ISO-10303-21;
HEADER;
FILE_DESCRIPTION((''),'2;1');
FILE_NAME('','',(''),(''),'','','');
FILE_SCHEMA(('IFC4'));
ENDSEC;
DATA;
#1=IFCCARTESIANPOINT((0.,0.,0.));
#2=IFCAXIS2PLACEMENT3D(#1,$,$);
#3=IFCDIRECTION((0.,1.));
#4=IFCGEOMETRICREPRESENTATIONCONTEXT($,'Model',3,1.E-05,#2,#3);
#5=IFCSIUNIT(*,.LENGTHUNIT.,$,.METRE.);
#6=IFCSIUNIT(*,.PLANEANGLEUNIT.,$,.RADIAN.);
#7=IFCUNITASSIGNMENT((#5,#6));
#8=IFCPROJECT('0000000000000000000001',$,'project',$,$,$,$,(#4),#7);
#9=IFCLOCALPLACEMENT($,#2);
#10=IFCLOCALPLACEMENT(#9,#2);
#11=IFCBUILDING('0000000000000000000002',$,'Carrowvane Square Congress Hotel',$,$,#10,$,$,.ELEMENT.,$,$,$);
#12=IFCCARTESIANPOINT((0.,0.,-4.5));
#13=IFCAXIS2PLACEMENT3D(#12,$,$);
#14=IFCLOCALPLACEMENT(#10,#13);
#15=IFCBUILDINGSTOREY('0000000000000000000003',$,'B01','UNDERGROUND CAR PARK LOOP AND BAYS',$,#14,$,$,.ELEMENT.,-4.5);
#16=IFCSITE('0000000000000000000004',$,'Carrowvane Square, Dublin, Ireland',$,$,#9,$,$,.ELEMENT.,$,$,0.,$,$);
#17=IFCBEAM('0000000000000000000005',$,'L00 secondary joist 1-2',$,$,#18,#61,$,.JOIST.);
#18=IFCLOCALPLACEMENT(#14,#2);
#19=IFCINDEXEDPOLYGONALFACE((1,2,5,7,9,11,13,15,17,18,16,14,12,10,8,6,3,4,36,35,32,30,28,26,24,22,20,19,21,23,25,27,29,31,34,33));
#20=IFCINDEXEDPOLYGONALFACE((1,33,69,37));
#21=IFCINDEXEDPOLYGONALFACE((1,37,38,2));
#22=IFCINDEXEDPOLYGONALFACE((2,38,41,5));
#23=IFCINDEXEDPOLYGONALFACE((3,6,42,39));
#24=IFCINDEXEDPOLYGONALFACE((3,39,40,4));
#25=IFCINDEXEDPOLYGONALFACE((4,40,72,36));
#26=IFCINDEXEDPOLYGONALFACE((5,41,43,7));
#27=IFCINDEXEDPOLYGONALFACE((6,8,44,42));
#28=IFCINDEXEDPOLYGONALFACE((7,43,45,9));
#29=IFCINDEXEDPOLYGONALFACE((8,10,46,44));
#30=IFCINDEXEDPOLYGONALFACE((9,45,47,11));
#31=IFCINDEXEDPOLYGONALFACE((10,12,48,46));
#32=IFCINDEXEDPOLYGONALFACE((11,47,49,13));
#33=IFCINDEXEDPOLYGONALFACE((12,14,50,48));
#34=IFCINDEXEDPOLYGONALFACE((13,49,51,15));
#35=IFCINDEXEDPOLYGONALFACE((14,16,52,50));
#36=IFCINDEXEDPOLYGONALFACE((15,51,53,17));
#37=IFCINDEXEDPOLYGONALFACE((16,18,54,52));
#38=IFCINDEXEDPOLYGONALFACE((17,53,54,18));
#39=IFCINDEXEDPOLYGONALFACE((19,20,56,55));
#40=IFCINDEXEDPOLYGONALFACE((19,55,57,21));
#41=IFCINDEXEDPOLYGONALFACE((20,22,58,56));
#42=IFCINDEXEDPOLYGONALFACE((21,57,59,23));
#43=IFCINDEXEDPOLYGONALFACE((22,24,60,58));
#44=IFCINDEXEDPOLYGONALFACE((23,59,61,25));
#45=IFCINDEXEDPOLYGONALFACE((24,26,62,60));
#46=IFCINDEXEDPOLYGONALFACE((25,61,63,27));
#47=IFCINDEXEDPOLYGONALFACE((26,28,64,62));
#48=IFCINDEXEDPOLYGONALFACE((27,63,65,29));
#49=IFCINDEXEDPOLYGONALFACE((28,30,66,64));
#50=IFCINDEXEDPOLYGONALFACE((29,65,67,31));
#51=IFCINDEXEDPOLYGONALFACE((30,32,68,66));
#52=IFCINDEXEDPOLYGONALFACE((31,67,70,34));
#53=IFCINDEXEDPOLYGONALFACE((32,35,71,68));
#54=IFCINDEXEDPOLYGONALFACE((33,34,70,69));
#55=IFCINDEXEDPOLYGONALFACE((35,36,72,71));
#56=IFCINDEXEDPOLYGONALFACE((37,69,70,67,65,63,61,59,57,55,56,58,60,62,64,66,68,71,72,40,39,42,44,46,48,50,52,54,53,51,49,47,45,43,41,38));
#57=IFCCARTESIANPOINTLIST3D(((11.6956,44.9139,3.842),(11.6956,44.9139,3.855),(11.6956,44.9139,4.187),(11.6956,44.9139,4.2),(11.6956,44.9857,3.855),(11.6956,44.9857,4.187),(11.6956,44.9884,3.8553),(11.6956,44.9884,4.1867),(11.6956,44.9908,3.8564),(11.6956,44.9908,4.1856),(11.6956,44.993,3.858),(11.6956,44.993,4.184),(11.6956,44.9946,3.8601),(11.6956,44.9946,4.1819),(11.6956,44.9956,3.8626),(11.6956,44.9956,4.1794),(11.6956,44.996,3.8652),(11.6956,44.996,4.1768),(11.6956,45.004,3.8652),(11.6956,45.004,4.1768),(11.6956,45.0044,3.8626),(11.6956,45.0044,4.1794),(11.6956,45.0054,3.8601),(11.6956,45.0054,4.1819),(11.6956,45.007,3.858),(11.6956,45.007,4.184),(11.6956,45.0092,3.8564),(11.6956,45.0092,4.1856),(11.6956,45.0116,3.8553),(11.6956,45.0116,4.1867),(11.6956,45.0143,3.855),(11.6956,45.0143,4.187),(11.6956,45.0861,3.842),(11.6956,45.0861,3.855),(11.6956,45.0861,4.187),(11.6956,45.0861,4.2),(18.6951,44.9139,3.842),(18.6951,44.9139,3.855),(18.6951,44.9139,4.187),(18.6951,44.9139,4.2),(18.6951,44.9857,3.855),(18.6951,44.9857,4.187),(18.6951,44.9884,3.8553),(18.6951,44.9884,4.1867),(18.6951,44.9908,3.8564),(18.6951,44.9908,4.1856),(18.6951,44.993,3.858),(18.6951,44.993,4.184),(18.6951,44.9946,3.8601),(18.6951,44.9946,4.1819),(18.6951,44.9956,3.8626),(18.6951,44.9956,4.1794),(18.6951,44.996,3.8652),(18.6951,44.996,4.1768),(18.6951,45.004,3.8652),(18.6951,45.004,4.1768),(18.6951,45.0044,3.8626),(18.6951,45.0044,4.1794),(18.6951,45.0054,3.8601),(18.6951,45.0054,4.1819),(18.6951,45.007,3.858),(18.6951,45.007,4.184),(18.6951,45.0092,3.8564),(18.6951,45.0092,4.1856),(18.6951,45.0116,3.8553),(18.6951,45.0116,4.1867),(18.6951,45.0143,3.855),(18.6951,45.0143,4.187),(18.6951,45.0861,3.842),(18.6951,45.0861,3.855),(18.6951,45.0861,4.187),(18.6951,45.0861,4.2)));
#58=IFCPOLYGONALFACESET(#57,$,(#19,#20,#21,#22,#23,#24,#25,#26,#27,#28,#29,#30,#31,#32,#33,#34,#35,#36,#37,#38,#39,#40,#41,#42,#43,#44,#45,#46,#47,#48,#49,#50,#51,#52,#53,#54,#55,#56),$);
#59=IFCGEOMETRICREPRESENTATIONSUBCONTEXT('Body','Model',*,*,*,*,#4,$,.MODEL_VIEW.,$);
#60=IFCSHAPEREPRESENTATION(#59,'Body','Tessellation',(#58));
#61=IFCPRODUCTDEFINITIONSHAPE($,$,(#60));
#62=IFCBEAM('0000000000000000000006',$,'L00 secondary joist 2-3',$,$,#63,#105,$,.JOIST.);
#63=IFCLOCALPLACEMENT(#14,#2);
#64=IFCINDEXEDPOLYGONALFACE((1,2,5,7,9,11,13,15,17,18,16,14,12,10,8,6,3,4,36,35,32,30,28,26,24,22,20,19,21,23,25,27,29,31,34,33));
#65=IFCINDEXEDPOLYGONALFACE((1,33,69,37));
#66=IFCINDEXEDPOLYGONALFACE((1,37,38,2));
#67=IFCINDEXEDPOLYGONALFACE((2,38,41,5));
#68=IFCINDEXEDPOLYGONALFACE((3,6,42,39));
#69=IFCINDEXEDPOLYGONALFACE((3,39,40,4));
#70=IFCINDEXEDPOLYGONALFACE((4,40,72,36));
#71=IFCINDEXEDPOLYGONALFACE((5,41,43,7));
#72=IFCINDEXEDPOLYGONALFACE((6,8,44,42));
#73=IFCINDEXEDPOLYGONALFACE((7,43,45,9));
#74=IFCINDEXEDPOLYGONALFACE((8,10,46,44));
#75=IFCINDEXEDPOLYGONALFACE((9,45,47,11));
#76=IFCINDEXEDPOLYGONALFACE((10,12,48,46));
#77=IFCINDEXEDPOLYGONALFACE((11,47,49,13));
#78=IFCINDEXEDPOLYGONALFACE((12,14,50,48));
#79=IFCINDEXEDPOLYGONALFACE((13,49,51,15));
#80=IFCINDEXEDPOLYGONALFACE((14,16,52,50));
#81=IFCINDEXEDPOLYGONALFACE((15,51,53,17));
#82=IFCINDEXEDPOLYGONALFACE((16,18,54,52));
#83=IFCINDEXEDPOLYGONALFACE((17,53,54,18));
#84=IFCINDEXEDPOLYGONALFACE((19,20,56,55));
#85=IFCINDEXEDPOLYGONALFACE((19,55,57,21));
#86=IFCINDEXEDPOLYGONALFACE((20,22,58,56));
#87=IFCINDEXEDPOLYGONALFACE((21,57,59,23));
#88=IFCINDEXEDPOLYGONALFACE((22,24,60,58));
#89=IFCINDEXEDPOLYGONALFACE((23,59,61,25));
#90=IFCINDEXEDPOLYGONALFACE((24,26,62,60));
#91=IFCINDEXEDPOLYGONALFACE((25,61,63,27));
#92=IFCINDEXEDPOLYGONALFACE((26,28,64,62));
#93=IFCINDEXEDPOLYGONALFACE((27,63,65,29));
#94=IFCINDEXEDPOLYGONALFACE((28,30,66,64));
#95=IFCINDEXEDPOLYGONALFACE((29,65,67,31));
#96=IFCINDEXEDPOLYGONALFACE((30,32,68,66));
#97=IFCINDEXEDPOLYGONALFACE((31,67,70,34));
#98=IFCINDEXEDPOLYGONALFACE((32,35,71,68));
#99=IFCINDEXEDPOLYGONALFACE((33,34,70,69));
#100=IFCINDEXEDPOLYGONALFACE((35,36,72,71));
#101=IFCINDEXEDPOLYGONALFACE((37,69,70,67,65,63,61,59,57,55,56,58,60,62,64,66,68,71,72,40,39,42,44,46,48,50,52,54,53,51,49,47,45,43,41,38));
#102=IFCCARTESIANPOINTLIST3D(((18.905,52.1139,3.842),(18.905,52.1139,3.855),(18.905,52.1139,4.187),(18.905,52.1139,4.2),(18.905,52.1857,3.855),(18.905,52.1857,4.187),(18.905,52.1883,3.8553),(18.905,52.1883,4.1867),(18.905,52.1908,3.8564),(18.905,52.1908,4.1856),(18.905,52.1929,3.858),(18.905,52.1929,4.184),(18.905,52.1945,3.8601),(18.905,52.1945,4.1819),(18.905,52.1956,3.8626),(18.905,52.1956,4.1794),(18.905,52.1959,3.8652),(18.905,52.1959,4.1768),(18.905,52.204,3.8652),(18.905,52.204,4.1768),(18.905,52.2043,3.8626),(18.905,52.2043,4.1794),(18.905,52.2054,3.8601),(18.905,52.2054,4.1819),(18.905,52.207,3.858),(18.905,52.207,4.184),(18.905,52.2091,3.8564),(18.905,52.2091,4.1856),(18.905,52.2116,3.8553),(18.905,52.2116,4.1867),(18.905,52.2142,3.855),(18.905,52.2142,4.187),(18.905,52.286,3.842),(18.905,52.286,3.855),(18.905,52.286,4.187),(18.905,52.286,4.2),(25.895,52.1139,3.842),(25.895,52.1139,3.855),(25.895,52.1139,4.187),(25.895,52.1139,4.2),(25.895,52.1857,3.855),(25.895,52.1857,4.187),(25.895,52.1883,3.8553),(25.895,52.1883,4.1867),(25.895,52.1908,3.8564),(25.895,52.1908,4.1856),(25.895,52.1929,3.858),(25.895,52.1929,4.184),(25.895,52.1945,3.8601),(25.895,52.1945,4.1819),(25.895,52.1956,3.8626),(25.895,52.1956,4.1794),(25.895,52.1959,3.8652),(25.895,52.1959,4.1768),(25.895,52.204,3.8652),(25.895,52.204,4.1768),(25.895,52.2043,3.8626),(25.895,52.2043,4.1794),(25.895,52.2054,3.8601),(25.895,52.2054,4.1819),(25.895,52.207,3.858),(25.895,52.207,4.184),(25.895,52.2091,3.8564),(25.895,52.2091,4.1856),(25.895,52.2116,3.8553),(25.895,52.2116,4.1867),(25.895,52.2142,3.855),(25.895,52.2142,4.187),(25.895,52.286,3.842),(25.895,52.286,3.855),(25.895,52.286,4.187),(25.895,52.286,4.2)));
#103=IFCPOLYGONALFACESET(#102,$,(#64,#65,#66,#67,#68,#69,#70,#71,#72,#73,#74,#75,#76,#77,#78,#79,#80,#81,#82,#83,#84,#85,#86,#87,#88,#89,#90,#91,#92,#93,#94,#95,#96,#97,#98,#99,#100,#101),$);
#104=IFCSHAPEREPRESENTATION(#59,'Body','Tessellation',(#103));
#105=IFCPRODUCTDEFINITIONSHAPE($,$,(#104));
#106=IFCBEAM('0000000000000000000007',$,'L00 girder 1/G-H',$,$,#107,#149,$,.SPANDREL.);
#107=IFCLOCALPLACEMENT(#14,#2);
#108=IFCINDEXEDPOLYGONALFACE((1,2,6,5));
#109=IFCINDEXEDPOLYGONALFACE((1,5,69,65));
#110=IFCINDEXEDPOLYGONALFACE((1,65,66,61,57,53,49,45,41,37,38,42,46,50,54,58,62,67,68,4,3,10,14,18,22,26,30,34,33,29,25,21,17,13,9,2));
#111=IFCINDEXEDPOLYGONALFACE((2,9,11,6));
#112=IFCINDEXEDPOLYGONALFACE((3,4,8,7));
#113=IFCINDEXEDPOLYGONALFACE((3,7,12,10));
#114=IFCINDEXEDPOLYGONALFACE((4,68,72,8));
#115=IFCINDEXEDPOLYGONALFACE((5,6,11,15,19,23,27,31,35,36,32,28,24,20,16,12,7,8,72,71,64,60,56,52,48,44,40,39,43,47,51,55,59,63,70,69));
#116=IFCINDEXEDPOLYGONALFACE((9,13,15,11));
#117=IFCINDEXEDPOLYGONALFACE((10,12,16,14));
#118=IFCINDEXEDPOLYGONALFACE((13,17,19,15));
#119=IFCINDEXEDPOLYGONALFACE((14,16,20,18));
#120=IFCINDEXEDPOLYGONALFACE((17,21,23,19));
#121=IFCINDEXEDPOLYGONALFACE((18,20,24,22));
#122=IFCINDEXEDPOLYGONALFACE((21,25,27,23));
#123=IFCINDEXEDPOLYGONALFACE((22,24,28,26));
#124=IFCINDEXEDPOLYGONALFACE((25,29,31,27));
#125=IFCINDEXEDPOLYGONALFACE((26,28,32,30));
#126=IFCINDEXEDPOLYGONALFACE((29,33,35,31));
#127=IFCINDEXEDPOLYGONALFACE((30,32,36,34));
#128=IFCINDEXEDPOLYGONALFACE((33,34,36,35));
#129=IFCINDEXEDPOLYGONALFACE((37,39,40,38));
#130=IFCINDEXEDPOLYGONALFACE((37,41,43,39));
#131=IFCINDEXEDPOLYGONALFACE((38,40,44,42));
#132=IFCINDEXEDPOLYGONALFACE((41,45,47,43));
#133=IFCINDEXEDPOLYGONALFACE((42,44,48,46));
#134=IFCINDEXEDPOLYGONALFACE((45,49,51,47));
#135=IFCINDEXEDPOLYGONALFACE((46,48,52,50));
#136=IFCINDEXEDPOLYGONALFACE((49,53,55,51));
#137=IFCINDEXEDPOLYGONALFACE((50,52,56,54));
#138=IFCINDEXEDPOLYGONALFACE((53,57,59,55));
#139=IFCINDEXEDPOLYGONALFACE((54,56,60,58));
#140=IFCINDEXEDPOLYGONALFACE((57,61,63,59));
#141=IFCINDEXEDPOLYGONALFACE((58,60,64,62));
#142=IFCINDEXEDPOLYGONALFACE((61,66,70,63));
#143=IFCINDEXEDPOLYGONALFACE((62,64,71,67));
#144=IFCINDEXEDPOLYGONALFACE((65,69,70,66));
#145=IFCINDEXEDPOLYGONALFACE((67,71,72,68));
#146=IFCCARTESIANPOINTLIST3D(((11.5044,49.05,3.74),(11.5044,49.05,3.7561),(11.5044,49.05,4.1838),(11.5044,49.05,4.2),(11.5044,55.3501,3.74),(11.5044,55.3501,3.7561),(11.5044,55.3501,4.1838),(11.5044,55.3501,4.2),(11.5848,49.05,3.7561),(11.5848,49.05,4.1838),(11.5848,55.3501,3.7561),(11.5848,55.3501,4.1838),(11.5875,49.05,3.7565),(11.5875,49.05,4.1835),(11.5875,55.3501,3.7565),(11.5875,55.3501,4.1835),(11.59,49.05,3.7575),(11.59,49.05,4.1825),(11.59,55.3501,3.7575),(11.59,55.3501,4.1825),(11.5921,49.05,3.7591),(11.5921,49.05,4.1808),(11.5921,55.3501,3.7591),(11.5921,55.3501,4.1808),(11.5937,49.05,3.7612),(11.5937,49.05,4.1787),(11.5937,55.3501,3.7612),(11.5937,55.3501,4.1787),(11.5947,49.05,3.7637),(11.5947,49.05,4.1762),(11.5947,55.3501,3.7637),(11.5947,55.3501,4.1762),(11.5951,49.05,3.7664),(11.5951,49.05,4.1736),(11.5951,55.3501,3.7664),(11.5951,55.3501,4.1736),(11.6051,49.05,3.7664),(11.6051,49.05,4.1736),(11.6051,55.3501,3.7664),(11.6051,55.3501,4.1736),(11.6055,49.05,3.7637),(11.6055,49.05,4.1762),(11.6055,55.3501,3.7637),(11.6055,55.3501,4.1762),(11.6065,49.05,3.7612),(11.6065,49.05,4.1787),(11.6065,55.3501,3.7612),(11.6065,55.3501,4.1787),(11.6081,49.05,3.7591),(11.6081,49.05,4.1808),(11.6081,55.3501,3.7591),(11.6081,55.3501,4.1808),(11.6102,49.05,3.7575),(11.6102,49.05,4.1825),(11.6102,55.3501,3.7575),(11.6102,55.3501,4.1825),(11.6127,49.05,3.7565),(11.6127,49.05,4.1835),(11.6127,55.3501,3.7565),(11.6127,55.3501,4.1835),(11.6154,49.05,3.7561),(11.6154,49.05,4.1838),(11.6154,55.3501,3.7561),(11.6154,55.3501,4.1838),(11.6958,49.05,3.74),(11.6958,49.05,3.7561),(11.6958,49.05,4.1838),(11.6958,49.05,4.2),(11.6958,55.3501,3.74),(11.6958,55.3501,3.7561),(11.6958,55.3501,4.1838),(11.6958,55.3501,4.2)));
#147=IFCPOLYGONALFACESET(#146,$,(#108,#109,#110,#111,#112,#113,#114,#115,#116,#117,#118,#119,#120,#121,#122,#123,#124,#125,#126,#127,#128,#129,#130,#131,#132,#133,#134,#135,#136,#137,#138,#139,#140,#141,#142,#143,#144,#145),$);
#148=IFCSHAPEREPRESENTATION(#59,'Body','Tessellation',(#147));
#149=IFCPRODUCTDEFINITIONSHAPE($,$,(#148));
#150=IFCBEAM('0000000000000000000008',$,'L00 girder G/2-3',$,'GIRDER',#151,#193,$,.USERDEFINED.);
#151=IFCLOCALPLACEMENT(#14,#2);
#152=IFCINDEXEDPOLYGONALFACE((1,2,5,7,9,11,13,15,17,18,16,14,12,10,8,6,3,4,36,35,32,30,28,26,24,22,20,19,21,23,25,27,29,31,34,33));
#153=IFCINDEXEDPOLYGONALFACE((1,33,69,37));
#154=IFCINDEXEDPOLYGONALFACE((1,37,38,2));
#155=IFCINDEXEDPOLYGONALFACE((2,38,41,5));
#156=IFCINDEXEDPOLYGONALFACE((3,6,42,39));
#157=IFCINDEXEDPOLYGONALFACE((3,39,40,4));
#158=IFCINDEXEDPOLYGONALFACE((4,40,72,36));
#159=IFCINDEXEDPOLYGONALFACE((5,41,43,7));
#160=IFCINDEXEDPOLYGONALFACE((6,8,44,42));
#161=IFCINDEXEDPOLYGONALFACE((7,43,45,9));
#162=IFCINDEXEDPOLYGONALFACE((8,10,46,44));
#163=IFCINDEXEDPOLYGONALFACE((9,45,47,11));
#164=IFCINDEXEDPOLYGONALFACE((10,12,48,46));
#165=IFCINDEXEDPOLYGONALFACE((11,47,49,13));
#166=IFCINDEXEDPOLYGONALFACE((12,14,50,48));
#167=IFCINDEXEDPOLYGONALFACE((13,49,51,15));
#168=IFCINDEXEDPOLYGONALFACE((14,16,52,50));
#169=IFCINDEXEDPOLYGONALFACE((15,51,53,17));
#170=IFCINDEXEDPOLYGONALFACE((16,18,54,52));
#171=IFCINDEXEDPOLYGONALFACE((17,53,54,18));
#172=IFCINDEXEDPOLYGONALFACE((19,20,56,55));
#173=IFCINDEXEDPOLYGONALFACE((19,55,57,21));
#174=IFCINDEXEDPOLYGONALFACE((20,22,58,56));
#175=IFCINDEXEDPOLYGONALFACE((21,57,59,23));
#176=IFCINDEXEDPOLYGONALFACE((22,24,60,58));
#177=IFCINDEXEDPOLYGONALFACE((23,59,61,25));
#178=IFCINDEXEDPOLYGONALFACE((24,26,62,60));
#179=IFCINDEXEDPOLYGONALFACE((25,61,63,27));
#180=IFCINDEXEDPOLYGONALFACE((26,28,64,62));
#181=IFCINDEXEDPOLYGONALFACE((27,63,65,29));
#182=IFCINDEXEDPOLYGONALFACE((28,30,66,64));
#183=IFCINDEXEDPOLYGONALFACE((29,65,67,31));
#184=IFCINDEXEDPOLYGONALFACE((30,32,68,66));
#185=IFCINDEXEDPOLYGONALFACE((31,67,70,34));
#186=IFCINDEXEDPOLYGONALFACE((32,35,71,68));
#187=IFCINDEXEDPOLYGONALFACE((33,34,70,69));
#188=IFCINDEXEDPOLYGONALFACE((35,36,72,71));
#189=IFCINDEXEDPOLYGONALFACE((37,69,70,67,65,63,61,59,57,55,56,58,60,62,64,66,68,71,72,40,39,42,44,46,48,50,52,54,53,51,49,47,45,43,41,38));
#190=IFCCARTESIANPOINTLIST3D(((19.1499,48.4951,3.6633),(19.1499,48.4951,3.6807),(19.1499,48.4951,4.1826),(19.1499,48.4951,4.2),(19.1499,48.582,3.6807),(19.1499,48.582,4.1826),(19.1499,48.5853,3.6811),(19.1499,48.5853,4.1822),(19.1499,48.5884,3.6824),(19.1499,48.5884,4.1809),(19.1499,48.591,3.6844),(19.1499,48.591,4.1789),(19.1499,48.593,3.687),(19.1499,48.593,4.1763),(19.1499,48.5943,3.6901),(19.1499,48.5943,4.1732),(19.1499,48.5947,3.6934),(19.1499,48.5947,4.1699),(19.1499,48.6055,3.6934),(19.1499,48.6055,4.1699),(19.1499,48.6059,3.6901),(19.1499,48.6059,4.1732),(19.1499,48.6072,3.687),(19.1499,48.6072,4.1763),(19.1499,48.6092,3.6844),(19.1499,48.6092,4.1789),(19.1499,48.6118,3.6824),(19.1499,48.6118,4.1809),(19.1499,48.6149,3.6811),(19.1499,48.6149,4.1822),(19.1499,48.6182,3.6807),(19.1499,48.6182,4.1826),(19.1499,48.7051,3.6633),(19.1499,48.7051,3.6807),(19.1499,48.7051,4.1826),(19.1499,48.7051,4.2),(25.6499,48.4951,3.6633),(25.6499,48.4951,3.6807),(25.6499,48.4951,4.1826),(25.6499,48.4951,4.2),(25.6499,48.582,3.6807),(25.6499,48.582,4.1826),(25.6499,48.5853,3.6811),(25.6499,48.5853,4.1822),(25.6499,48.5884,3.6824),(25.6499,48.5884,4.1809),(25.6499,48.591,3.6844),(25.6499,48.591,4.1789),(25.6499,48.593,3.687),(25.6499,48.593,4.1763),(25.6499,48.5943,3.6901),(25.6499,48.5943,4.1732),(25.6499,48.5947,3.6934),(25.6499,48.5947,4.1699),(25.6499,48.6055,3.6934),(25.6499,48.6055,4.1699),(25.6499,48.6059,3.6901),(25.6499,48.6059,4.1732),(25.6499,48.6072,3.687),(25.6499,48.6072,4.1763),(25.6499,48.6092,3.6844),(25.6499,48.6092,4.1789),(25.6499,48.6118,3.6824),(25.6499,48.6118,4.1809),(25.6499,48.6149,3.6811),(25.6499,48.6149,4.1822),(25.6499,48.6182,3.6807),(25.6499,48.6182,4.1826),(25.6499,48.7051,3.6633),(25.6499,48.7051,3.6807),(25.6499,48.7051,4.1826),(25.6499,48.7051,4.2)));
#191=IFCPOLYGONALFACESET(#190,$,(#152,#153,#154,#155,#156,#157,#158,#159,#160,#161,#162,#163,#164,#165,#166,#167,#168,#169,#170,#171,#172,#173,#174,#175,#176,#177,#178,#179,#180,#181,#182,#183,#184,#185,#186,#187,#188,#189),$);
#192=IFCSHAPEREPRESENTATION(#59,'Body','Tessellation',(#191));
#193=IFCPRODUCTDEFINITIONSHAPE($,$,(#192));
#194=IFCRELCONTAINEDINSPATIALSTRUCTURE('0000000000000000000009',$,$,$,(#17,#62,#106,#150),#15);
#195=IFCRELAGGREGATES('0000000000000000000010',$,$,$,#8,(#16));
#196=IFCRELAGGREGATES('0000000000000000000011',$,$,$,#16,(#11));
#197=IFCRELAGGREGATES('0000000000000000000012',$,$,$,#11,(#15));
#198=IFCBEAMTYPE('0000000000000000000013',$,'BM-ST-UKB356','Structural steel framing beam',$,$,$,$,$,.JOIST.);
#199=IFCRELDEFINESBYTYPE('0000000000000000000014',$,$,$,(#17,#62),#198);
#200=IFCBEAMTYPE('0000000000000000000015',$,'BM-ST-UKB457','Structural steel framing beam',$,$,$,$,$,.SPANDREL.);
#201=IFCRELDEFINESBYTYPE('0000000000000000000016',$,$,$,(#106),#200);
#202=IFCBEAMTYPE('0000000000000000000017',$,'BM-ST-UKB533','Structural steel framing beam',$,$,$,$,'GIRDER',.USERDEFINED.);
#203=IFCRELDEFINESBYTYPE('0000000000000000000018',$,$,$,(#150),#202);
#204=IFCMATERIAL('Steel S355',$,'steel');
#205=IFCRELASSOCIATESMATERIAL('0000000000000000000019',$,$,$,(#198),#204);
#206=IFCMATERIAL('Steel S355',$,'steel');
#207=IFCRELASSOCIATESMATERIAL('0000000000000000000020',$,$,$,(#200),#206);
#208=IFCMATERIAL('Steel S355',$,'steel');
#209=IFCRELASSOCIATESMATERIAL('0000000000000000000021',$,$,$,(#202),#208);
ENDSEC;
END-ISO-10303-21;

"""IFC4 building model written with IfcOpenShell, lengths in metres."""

from ifc_helpers import new_model, si_unit, direction, frame, origin, origin_2d, place, context, subcontext, project, spatial, i_section, extrude, material, material_profile, profile_set, type_object, element, save


model = new_model("IFC4")

# Units and contexts
model_context = context("Model", 3, precision=1e-05, world=origin(), true_north=direction((0.0, 1.0)))
body_context = subcontext(model_context, "Body", "Model", "MODEL_VIEW")
ifc_project = project(units=[si_unit("LENGTHUNIT", "METRE"), si_unit("PLANEANGLEUNIT", "RADIAN")], contexts=[model_context])

# Site, building, storey
site_placement = place(None, origin())
site = spatial("IfcSite", under=ifc_project, at=site_placement, Name="Carrowvane Square, Dublin, Ireland", CompositionType="ELEMENT", RefElevation=0.0)
building_placement = place(site_placement, origin())
building = spatial("IfcBuilding", under=site, at=building_placement, Name="Carrowvane Square Congress Hotel", CompositionType="ELEMENT")
storey_placement = place(building_placement, frame((0.0, 0.0, -4.5)))
storey = spatial("IfcBuildingStorey", under=building, at=storey_placement, Name="B01", Description="UNDERGROUND CAR PARK LOOP AND BAYS", CompositionType="ELEMENT", Elevation=-4.5)

# Beams
ifc_material_1 = material(Name="Steel S355", Category="steel")
ifc_material_profile_1 = material_profile(ifc_material_1, i_section(OverallWidth=0.1721, OverallDepth=0.3579, WebThickness=0.0081, FlangeThickness=0.0129, FilletRadius=0.0103, at=origin_2d()), Name="UKB 356x171x57")
ifc_profile_set_1 = profile_set([ifc_material_profile_1], Name="Steel S355")
beam_type_1 = type_object("IfcBeamType", Name="BM-ST-UKB356", Description="Structural steel framing beam", PredefinedType="JOIST", material=ifc_profile_set_1)
beam_1_placement = place(storey_placement, frame((11.6956, 45.0, 4.021), z_axis=(1.0, 0.0, 0.0), x_axis=(0.0, 1.0, 0.0)))
element("IfcBeam", 1, at=beam_1_placement, inside=storey, type_object=beam_type_1, Name="L00 secondary joist 1-2", PredefinedType="JOIST", context=body_context, shape_type="SweptSolid", body=[
    extrude(i_section(OverallWidth=0.1721, OverallDepth=0.3579, WebThickness=0.0081, FlangeThickness=0.0129, FilletRadius=0.0103, at=origin_2d()), origin(), (0.0, 0.0, 1.0), 6.9995),
])
beam_2_placement = place(storey_placement, frame((18.905, 52.2, 4.021), z_axis=(1.0, 0.0, 0.0), x_axis=(0.0, 1.0, 0.0)))
element("IfcBeam", 2, at=beam_2_placement, inside=storey, type_object=beam_type_1, Name="L00 secondary joist 2-3", PredefinedType="JOIST", context=body_context, shape_type="SweptSolid", body=[
    extrude(i_section(OverallWidth=0.1721, OverallDepth=0.3579, WebThickness=0.0081, FlangeThickness=0.0129, FilletRadius=0.0103, at=origin_2d()), origin(), (0.0, 0.0, 1.0), 6.99),
])
ifc_material_2 = material(Name="Steel S355", Category="steel")
ifc_material_profile_2 = material_profile(ifc_material_2, i_section(OverallWidth=0.1914, OverallDepth=0.46, WebThickness=0.01, FlangeThickness=0.0161, FilletRadius=0.0103, at=origin_2d()), Name="UKB 457x191x82")
ifc_profile_set_2 = profile_set([ifc_material_profile_2], Name="Steel S355")
beam_type_2 = type_object("IfcBeamType", Name="BM-ST-UKB457", Description="Structural steel framing beam", PredefinedType="SPANDREL", material=ifc_profile_set_2)
beam_3_placement = place(storey_placement, frame((11.6001, 49.05, 3.97), z_axis=(0.0, 1.0, 0.0), x_axis=(-1.0, 0.0, 0.0)))
element("IfcBeam", 3, at=beam_3_placement, inside=storey, type_object=beam_type_2, Name="L00 girder 1/G-H", PredefinedType="SPANDREL", context=body_context, shape_type="SweptSolid", body=[
    extrude(i_section(OverallWidth=0.1914, OverallDepth=0.46, WebThickness=0.01, FlangeThickness=0.0161, FilletRadius=0.0103, at=origin_2d()), origin(), (0.0, 0.0, 1.0), 6.3),
])
ifc_material_3 = material(Name="Steel S355", Category="steel")
ifc_material_profile_3 = material_profile(ifc_material_3, i_section(OverallWidth=0.21, OverallDepth=0.5366, WebThickness=0.0107, FlangeThickness=0.0173, FilletRadius=0.0127, at=origin_2d()), Name="UKB 533x210x101")
ifc_profile_set_3 = profile_set([ifc_material_profile_3], Name="Steel S355")
beam_type_3 = type_object("IfcBeamType", Name="BM-ST-UKB533", Description="Structural steel framing beam", ElementType="GIRDER", PredefinedType="USERDEFINED", material=ifc_profile_set_3)
for number, where, z_axis, x_axis, name in (
    (4, (19.1499, 48.6001, 3.9316), (1.0, 0.0, 0.0), (0.0, 1.0, 0.0), "L00 girder G/2-3"),
):
    element("IfcBeam", number, at=place(storey_placement, frame(where, z_axis=z_axis, x_axis=x_axis)), inside=storey, type_object=beam_type_3, Name=name, ObjectType="GIRDER", PredefinedType="USERDEFINED", context=body_context, shape_type="SweptSolid", body=[
        extrude(i_section(OverallWidth=0.21, OverallDepth=0.5366, WebThickness=0.0107, FlangeThickness=0.0173, FilletRadius=0.0127, at=origin_2d()), origin(), (0.0, 0.0, 1.0), 6.5),
    ])

save(model, "model.ifc")
